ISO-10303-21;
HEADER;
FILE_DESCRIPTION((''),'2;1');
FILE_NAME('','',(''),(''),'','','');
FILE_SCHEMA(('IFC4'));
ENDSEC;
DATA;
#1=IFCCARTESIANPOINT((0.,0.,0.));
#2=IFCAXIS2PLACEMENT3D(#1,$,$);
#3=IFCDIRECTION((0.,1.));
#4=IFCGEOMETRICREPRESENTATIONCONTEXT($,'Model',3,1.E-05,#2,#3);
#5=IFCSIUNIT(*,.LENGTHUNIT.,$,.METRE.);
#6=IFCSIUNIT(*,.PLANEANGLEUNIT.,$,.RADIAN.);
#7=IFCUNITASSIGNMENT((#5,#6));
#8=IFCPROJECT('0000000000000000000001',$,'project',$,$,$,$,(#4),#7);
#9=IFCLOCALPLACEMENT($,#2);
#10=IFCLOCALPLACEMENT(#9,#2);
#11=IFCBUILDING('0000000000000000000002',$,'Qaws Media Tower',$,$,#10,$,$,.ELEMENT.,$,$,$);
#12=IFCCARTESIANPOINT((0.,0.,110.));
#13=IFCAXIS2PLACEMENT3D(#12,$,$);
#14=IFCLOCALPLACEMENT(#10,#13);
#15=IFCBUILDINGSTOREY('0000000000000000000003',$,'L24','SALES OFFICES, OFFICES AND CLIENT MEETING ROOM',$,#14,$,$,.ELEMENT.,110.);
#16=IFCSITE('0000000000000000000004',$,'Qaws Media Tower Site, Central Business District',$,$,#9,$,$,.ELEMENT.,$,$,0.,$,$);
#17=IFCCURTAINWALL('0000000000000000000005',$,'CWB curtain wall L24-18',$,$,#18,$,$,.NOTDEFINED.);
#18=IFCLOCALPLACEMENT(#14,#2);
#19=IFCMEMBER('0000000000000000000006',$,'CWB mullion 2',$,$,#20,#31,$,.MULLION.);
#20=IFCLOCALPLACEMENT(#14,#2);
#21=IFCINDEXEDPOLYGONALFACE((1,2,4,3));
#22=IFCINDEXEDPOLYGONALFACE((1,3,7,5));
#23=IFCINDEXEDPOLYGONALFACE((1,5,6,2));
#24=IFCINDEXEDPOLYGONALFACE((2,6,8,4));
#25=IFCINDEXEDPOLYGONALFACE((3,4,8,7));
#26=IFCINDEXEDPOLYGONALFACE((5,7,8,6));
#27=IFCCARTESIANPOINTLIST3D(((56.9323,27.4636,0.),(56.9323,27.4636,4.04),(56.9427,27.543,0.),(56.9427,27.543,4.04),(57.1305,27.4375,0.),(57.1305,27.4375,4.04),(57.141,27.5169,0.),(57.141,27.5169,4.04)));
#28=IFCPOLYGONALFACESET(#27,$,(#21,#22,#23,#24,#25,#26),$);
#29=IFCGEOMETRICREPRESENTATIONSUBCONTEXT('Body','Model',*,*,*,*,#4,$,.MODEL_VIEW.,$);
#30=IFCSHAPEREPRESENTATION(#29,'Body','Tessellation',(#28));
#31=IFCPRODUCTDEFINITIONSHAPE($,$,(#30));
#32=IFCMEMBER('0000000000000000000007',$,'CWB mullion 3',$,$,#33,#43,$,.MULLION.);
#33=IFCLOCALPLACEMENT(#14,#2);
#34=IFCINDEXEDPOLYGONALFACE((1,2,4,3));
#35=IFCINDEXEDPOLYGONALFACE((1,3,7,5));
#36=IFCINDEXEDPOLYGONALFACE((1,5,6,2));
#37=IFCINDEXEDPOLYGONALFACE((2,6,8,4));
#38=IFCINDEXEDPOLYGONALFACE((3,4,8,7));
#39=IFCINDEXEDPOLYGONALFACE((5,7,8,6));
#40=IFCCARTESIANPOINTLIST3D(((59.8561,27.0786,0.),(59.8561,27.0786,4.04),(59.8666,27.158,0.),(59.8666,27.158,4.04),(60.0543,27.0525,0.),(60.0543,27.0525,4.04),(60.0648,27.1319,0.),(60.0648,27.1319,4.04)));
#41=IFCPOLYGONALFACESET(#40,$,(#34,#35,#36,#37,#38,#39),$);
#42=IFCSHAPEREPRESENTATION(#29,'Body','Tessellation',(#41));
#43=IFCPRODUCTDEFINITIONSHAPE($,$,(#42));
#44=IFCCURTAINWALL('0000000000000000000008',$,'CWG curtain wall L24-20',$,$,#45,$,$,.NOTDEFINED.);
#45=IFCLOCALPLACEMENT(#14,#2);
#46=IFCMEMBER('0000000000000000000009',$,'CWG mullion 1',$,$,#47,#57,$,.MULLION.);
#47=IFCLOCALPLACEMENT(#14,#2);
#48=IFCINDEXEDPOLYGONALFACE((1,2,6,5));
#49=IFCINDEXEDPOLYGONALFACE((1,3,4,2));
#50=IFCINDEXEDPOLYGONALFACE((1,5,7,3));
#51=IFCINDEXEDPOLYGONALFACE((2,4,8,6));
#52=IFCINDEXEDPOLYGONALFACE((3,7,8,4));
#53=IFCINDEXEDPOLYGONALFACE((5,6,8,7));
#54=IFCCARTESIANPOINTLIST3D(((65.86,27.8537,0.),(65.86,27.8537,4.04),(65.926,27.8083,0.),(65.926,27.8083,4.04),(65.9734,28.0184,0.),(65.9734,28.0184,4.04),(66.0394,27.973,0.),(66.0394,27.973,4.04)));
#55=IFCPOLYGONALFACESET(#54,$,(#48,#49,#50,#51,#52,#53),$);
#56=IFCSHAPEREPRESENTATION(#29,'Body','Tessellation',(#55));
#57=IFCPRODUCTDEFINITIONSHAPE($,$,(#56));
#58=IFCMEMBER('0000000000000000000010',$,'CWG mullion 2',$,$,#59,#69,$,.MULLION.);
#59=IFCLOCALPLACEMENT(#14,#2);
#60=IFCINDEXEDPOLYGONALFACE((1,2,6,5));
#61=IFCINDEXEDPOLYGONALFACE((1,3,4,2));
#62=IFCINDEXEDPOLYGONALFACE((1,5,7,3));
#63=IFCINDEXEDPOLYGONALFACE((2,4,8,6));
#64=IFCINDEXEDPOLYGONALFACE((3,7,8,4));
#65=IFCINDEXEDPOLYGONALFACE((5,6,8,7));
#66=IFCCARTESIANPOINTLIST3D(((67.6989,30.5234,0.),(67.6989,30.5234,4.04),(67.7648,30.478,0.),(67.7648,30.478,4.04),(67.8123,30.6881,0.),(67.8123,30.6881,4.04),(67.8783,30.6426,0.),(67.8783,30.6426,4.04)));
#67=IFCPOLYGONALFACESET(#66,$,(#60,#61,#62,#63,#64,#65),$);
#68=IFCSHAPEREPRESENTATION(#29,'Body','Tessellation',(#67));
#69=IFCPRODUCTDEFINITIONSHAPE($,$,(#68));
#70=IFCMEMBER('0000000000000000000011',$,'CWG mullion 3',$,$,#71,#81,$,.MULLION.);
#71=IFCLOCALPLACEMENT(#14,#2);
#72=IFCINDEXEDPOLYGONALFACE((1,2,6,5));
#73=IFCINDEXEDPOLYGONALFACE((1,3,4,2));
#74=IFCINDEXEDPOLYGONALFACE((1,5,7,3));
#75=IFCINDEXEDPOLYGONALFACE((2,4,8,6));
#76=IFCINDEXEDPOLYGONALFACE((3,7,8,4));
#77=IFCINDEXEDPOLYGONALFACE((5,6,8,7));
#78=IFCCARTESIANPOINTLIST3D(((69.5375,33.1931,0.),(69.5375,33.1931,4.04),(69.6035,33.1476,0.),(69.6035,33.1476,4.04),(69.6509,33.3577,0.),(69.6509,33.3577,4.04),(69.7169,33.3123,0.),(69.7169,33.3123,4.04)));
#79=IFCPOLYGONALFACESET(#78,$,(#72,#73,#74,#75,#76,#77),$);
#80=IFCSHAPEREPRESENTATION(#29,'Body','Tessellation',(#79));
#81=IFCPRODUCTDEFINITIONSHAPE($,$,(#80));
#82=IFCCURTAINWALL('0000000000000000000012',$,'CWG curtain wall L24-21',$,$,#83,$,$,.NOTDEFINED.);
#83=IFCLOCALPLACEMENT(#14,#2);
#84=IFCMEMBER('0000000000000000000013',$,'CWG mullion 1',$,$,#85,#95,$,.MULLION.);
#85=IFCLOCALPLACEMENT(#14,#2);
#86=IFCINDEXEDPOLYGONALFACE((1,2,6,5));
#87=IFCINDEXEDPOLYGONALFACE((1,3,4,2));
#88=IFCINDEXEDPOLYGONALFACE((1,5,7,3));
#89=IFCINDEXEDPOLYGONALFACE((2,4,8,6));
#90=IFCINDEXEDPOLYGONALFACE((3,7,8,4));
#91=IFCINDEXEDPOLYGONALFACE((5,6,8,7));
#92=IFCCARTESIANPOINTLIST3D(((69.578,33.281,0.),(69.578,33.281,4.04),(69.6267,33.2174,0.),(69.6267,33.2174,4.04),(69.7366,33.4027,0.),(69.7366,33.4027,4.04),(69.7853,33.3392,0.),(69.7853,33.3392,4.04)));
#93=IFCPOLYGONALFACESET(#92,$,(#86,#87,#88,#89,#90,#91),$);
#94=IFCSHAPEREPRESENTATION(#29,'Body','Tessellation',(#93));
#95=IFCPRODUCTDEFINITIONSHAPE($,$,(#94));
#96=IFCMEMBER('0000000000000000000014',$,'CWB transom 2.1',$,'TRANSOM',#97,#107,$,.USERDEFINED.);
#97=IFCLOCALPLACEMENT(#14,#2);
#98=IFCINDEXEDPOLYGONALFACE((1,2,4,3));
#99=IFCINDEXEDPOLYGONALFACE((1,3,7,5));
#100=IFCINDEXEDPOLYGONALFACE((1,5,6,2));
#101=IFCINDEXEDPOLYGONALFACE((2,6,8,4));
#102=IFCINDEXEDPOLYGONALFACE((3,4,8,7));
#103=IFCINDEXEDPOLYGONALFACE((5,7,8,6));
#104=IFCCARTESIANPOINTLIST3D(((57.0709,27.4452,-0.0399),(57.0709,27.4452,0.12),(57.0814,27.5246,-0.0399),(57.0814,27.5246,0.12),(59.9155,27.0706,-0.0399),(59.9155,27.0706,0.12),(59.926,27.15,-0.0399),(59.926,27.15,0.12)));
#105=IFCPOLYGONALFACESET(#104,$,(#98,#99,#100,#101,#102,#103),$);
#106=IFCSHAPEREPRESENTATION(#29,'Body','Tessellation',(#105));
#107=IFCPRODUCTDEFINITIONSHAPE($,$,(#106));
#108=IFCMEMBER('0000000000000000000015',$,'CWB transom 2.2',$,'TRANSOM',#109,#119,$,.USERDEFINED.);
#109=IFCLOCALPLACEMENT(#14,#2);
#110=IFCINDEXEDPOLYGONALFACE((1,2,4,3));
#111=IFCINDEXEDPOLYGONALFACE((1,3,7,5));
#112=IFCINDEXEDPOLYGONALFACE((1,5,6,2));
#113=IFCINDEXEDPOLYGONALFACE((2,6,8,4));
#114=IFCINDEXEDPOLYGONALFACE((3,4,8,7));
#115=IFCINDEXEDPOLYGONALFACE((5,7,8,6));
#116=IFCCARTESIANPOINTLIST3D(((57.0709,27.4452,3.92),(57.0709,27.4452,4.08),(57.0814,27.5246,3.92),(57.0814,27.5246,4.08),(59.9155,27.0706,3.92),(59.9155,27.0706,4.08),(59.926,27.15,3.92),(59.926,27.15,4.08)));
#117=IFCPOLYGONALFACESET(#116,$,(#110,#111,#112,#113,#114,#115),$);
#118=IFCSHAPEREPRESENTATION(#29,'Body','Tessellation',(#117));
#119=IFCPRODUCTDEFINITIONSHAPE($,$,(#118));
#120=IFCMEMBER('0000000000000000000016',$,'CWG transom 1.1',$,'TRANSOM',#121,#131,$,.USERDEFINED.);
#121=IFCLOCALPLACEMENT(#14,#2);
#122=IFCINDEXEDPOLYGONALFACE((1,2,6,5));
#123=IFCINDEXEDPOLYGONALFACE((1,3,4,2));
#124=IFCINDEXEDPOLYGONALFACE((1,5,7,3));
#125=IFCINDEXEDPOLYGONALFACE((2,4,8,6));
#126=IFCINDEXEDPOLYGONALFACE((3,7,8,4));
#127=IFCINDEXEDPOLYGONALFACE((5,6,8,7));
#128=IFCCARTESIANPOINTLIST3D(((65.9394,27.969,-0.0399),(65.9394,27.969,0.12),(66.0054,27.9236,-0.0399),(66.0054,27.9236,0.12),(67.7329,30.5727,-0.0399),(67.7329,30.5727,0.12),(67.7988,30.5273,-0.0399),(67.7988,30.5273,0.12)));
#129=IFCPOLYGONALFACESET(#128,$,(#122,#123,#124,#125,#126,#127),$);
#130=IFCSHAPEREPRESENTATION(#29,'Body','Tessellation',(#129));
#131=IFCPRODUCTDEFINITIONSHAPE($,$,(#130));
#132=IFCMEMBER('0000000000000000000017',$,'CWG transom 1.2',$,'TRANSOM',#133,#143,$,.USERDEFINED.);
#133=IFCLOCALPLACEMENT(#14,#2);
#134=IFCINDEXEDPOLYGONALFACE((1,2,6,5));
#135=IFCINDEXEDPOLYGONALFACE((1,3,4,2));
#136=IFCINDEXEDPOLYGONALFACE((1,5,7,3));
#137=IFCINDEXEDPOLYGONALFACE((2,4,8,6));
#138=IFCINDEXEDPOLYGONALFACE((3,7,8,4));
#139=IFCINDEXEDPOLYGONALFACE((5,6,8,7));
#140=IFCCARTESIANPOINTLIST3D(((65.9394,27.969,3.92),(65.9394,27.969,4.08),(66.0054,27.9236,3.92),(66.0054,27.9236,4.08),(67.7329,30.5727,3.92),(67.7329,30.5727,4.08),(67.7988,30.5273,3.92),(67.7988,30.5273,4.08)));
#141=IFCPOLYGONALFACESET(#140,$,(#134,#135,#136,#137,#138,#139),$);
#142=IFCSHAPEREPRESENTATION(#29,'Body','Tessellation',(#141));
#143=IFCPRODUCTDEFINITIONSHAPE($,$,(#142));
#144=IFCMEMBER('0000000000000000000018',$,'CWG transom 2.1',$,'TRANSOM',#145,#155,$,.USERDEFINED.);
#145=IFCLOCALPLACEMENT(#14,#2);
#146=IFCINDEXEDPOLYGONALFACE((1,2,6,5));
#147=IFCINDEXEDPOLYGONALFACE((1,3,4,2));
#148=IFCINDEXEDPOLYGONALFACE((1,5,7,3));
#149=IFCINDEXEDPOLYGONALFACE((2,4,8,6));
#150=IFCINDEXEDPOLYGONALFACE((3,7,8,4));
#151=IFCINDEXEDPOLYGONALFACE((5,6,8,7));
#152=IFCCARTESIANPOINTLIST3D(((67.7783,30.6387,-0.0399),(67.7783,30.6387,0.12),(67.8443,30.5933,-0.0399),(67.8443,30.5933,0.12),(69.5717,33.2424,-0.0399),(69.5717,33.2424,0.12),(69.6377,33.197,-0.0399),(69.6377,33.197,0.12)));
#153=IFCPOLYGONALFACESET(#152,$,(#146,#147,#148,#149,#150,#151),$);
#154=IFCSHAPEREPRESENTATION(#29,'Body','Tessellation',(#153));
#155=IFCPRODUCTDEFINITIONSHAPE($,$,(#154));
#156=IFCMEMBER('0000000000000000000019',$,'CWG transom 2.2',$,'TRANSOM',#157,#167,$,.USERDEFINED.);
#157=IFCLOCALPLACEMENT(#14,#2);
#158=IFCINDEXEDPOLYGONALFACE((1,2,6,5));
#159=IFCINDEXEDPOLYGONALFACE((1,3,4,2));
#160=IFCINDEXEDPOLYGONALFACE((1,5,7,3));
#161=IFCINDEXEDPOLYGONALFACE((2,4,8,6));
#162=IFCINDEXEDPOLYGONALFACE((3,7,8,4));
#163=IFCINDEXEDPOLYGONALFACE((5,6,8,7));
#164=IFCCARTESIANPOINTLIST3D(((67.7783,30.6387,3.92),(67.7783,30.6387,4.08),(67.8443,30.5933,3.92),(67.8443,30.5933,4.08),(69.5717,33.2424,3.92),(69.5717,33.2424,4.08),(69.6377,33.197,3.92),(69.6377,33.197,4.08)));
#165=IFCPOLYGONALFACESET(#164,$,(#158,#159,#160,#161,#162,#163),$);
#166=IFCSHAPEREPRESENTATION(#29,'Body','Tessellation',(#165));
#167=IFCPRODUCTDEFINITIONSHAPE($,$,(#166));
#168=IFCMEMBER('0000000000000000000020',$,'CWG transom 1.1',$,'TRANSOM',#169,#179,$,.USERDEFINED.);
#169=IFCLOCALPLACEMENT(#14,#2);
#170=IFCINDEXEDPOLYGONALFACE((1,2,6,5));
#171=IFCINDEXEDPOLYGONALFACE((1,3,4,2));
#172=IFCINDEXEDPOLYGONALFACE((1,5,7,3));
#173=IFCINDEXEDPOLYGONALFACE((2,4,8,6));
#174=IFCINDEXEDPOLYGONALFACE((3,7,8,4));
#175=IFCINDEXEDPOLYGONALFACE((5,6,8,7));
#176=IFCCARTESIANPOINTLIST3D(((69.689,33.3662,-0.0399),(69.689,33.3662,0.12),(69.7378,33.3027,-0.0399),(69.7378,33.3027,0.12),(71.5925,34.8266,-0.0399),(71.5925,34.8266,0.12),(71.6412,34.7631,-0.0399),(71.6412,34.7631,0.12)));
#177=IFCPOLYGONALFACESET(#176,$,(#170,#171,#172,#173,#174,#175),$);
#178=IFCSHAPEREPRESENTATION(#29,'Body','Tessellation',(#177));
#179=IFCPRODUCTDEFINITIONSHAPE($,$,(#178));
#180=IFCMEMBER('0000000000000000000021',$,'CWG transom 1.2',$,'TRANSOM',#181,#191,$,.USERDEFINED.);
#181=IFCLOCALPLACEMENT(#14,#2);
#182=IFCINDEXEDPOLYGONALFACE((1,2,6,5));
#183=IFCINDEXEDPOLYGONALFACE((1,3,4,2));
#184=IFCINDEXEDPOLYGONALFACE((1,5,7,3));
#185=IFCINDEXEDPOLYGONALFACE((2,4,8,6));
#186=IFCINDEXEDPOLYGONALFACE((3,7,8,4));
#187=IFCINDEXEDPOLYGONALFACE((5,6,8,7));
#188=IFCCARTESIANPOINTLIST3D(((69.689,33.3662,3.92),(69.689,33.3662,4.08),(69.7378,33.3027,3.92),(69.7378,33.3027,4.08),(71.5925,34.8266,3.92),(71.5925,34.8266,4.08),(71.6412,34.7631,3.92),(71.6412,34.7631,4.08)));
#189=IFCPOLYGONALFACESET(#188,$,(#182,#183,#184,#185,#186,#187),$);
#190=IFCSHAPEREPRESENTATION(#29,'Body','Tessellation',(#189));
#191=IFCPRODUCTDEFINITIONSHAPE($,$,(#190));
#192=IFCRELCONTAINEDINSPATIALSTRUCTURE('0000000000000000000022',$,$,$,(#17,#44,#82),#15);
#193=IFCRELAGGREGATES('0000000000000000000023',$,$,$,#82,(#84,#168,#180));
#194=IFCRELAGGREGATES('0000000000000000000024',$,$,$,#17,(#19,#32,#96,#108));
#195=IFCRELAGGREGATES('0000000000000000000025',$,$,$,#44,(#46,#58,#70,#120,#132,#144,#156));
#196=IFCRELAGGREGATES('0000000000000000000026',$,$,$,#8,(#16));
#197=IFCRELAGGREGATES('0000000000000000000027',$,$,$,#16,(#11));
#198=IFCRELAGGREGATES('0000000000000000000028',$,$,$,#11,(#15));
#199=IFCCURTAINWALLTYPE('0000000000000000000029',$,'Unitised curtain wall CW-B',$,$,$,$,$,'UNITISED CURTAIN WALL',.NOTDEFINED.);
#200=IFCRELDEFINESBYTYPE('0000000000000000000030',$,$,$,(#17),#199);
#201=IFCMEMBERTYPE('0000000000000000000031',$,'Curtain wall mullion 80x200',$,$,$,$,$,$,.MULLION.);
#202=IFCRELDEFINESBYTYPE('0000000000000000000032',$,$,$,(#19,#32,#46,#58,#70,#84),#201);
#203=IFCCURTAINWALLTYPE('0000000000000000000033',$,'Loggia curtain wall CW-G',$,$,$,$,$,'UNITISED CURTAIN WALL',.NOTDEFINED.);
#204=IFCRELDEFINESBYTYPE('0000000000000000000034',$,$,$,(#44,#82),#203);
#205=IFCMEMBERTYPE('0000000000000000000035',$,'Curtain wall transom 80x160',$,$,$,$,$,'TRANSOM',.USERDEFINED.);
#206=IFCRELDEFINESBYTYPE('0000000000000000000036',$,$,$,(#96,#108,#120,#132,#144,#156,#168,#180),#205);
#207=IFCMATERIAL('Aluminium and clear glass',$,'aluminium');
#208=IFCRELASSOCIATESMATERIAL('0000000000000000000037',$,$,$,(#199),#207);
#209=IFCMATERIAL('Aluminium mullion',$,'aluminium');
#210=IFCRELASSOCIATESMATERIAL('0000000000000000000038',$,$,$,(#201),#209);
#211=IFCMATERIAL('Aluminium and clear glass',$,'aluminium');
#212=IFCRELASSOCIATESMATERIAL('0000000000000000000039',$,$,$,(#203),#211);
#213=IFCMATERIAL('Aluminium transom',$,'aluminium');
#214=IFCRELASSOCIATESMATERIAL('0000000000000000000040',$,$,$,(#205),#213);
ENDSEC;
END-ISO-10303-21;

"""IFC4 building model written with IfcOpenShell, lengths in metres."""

from ifc_helpers import new_model, si_unit, direction, frame, origin, origin_2d, place, context, subcontext, project, spatial, rectangle, extrude, material, material_profile, profile_set, type_object, element, aggregate, save


model = new_model("IFC4")

# Units and contexts
model_context = context("Model", 3, precision=1e-05, world=origin(), true_north=direction((0.0, 1.0)))
body_context = subcontext(model_context, "Body", "Model", "MODEL_VIEW")
ifc_project = project(units=[si_unit("LENGTHUNIT", "METRE"), si_unit("PLANEANGLEUNIT", "RADIAN")], contexts=[model_context])

# Site, building, storey
site_placement = place(None, origin())
site = spatial("IfcSite", under=ifc_project, at=site_placement, Name="Qaws Media Tower Site, Central Business District", CompositionType="ELEMENT", RefElevation=0.0)
building_placement = place(site_placement, origin())
building = spatial("IfcBuilding", under=site, at=building_placement, Name="Qaws Media Tower", CompositionType="ELEMENT")
storey_placement = place(building_placement, frame((0.0, 0.0, 110.0)))
storey = spatial("IfcBuildingStorey", under=building, at=storey_placement, Name="L24", Description="SALES OFFICES, OFFICES AND CLIENT MEETING ROOM", CompositionType="ELEMENT", Elevation=110.0)

# Curtain walls, members
ifc_material_1 = material(Name="Aluminium and clear glass", Category="aluminium")
curtain_wall_type_1 = type_object("IfcCurtainWallType", Name="Unitised curtain wall CW-B", ElementType="UNITISED CURTAIN WALL", PredefinedType="NOTDEFINED", material=ifc_material_1)
curtain_wall_1_placement = place(storey_placement, origin())
curtain_wall_1 = element("IfcCurtainWall", 1, at=curtain_wall_1_placement, inside=storey, type_object=curtain_wall_type_1, Name="CWB curtain wall L24-18", PredefinedType="NOTDEFINED")
ifc_material_2 = material(Name="Aluminium mullion", Category="aluminium")
ifc_material_profile_1 = material_profile(ifc_material_2, rectangle(XDim=0.0801, YDim=0.2, at=origin_2d()), Name="80x200")
ifc_profile_set_1 = profile_set([ifc_material_profile_1], Name="Aluminium mullion")
member_type_1 = type_object("IfcMemberType", Name="Curtain wall mullion 80x200", PredefinedType="MULLION", material=ifc_profile_set_1)
member_1_placement = place(storey_placement, frame((57.0366, 27.4902, 0.0), z_axis=(0.0, 0.0, 1.0), x_axis=(0.130526, 0.991445, 0.0)))
member_1 = element("IfcMember", 2, at=member_1_placement, type_object=member_type_1, Name="CWB mullion 2", PredefinedType="MULLION", context=body_context, shape_type="SweptSolid", body=[
    extrude(rectangle(XDim=0.0801, YDim=0.2, at=origin_2d()), origin(), (0.0, 0.0, 1.0), 4.04),
])
member_2_placement = place(storey_placement, frame((59.9604, 27.1052, 0.0), z_axis=(0.0, 0.0, 1.0), x_axis=(0.130526, 0.991445, 0.0)))
member_2 = element("IfcMember", 3, at=member_2_placement, type_object=member_type_1, Name="CWB mullion 3", PredefinedType="MULLION", context=body_context, shape_type="SweptSolid", body=[
    extrude(rectangle(XDim=0.0801, YDim=0.2, at=origin_2d()), origin(), (0.0, 0.0, 1.0), 4.04),
])
ifc_material_3 = material(Name="Aluminium and clear glass", Category="aluminium")
curtain_wall_type_2 = type_object("IfcCurtainWallType", Name="Loggia curtain wall CW-G", ElementType="UNITISED CURTAIN WALL", PredefinedType="NOTDEFINED", material=ifc_material_3)
curtain_wall_2_placement = place(storey_placement, origin())
curtain_wall_2 = element("IfcCurtainWall", 4, at=curtain_wall_2_placement, inside=storey, type_object=curtain_wall_type_2, Name="CWG curtain wall L24-20", PredefinedType="NOTDEFINED")
member_3_placement = place(storey_placement, frame((65.9497, 27.9133, 0.0), z_axis=(0.0, 0.0, 1.0), x_axis=(-0.823556, 0.567235, 0.0)))
member_3 = element("IfcMember", 5, at=member_3_placement, type_object=member_type_1, Name="CWG mullion 1", PredefinedType="MULLION", context=body_context, shape_type="SweptSolid", body=[
    extrude(rectangle(XDim=0.0801, YDim=0.2, at=origin_2d()), origin(), (0.0, 0.0, 1.0), 4.04),
])
member_4_placement = place(storey_placement, frame((67.7886, 30.583, 0.0), z_axis=(0.0, 0.0, 1.0), x_axis=(-0.823556, 0.567235, 0.0)))
member_4 = element("IfcMember", 6, at=member_4_placement, type_object=member_type_1, Name="CWG mullion 2", PredefinedType="MULLION", context=body_context, shape_type="SweptSolid", body=[
    extrude(rectangle(XDim=0.0801, YDim=0.2, at=origin_2d()), origin(), (0.0, 0.0, 1.0), 4.04),
])
member_5_placement = place(storey_placement, frame((69.6272, 33.2527, 0.0), z_axis=(0.0, 0.0, 1.0), x_axis=(-0.823556, 0.567235, 0.0)))
member_5 = element("IfcMember", 7, at=member_5_placement, type_object=member_type_1, Name="CWG mullion 3", PredefinedType="MULLION", context=body_context, shape_type="SweptSolid", body=[
    extrude(rectangle(XDim=0.0801, YDim=0.2, at=origin_2d()), origin(), (0.0, 0.0, 1.0), 4.04),
])

# Curtain wall, member
curtain_wall_3_placement = place(storey_placement, origin())
curtain_wall_3 = element("IfcCurtainWall", 8, at=curtain_wall_3_placement, inside=storey, type_object=curtain_wall_type_2, Name="CWG curtain wall L24-21", PredefinedType="NOTDEFINED")
member_6_placement = place(storey_placement, frame((69.6816, 33.3101, 0.0), z_axis=(0.0, 0.0, 1.0), x_axis=(-0.608761, 0.793353, 0.0)))
member_6 = element("IfcMember", 9, at=member_6_placement, type_object=member_type_1, Name="CWG mullion 1", PredefinedType="MULLION", context=body_context, shape_type="SweptSolid", body=[
    extrude(rectangle(XDim=0.0801, YDim=0.2, at=origin_2d()), origin(), (0.0, 0.0, 1.0), 4.04),
])

# Members
ifc_material_4 = material(Name="Aluminium transom", Category="aluminium")
ifc_material_profile_2 = material_profile(ifc_material_4, rectangle(XDim=0.0801, YDim=0.1599, at=origin_2d()), Name="80x160")
ifc_profile_set_2 = profile_set([ifc_material_profile_2], Name="Aluminium transom")
member_type_2 = type_object("IfcMemberType", Name="Curtain wall transom 80x160", ElementType="TRANSOM", PredefinedType="USERDEFINED", material=ifc_profile_set_2)
member_7_placement = place(storey_placement, frame((57.0762, 27.4849, 0.04), z_axis=(0.991444, -0.130536, 0.0), x_axis=(0.130536, 0.991444, 0.0)))
member_7 = element("IfcMember", 10, at=member_7_placement, type_object=member_type_2, Name="CWB transom 2.1", ObjectType="TRANSOM", PredefinedType="USERDEFINED", context=body_context, shape_type="SweptSolid", body=[
    extrude(rectangle(XDim=0.0801, YDim=0.1599, at=origin_2d()), origin(), (0.0, 0.0, 1.0), 2.8691),
])
member_8_placement = place(storey_placement, frame((57.0762, 27.4849, 4.0), z_axis=(0.991444, -0.130536, 0.0), x_axis=(0.130536, 0.991444, 0.0)))
member_8 = element("IfcMember", 11, at=member_8_placement, type_object=member_type_2, Name="CWB transom 2.2", ObjectType="TRANSOM", PredefinedType="USERDEFINED", context=body_context, shape_type="SweptSolid", body=[
    extrude(rectangle(XDim=0.0801, YDim=0.1599, at=origin_2d()), origin(), (0.0, 0.0, 1.0), 2.8691),
])
member_9_placement = place(storey_placement, frame((65.9724, 27.9463, 0.04), z_axis=(0.567253, 0.823544, 0.0), x_axis=(-0.823544, 0.567253, 0.0)))
member_9 = element("IfcMember", 12, at=member_9_placement, type_object=member_type_2, Name="CWG transom 1.1", ObjectType="TRANSOM", PredefinedType="USERDEFINED", context=body_context, shape_type="SweptSolid", body=[
    extrude(rectangle(XDim=0.0801, YDim=0.1599, at=origin_2d()), origin(), (0.0, 0.0, 1.0), 3.1616),
])
member_10_placement = place(storey_placement, frame((65.9724, 27.9463, 4.0), z_axis=(0.567253, 0.823544, 0.0), x_axis=(-0.823544, 0.567253, 0.0)))
member_10 = element("IfcMember", 13, at=member_10_placement, type_object=member_type_2, Name="CWG transom 1.2", ObjectType="TRANSOM", PredefinedType="USERDEFINED", context=body_context, shape_type="SweptSolid", body=[
    extrude(rectangle(XDim=0.0801, YDim=0.1599, at=origin_2d()), origin(), (0.0, 0.0, 1.0), 3.1616),
])
member_11_placement = place(storey_placement, frame((67.8113, 30.616, 0.04), z_axis=(0.567253, 0.823544, 0.0), x_axis=(-0.823544, 0.567253, 0.0)))
member_11 = element("IfcMember", 14, at=member_11_placement, type_object=member_type_2, Name="CWG transom 2.1", ObjectType="TRANSOM", PredefinedType="USERDEFINED", context=body_context, shape_type="SweptSolid", body=[
    extrude(rectangle(XDim=0.0801, YDim=0.1599, at=origin_2d()), origin(), (0.0, 0.0, 1.0), 3.1616),
])
member_12_placement = place(storey_placement, frame((67.8113, 30.616, 4.0), z_axis=(0.567253, 0.823544, 0.0), x_axis=(-0.823544, 0.567253, 0.0)))
member_12 = element("IfcMember", 15, at=member_12_placement, type_object=member_type_2, Name="CWG transom 2.2", ObjectType="TRANSOM", PredefinedType="USERDEFINED", context=body_context, shape_type="SweptSolid", body=[
    extrude(rectangle(XDim=0.0801, YDim=0.1599, at=origin_2d()), origin(), (0.0, 0.0, 1.0), 3.1616),
])
member_13_placement = place(storey_placement, frame((69.7134, 33.3345, 0.04), z_axis=(0.793395, 0.608707, 0.0), x_axis=(-0.608707, 0.793395, 0.0)))
member_13 = element("IfcMember", 16, at=member_13_placement, type_object=member_type_2, Name="CWG transom 1.1", ObjectType="TRANSOM", PredefinedType="USERDEFINED", context=body_context, shape_type="SweptSolid", body=[
    extrude(rectangle(XDim=0.0801, YDim=0.1599, at=origin_2d()), origin(), (0.0, 0.0, 1.0), 2.3992),
])
member_14_placement = place(storey_placement, frame((69.7134, 33.3345, 4.0), z_axis=(0.793395, 0.608707, 0.0), x_axis=(-0.608707, 0.793395, 0.0)))
member_14 = element("IfcMember", 17, at=member_14_placement, type_object=member_type_2, Name="CWG transom 1.2", ObjectType="TRANSOM", PredefinedType="USERDEFINED", context=body_context, shape_type="SweptSolid", body=[
    extrude(rectangle(XDim=0.0801, YDim=0.1599, at=origin_2d()), origin(), (0.0, 0.0, 1.0), 2.3992),
])
aggregate(curtain_wall_3, [member_6, member_13, member_14])

aggregate(curtain_wall_1, [member_1, member_2, member_7, member_8])
aggregate(curtain_wall_2, [member_3, member_4, member_5, member_9, member_10, member_11, member_12])

save(model, "model.ifc")
